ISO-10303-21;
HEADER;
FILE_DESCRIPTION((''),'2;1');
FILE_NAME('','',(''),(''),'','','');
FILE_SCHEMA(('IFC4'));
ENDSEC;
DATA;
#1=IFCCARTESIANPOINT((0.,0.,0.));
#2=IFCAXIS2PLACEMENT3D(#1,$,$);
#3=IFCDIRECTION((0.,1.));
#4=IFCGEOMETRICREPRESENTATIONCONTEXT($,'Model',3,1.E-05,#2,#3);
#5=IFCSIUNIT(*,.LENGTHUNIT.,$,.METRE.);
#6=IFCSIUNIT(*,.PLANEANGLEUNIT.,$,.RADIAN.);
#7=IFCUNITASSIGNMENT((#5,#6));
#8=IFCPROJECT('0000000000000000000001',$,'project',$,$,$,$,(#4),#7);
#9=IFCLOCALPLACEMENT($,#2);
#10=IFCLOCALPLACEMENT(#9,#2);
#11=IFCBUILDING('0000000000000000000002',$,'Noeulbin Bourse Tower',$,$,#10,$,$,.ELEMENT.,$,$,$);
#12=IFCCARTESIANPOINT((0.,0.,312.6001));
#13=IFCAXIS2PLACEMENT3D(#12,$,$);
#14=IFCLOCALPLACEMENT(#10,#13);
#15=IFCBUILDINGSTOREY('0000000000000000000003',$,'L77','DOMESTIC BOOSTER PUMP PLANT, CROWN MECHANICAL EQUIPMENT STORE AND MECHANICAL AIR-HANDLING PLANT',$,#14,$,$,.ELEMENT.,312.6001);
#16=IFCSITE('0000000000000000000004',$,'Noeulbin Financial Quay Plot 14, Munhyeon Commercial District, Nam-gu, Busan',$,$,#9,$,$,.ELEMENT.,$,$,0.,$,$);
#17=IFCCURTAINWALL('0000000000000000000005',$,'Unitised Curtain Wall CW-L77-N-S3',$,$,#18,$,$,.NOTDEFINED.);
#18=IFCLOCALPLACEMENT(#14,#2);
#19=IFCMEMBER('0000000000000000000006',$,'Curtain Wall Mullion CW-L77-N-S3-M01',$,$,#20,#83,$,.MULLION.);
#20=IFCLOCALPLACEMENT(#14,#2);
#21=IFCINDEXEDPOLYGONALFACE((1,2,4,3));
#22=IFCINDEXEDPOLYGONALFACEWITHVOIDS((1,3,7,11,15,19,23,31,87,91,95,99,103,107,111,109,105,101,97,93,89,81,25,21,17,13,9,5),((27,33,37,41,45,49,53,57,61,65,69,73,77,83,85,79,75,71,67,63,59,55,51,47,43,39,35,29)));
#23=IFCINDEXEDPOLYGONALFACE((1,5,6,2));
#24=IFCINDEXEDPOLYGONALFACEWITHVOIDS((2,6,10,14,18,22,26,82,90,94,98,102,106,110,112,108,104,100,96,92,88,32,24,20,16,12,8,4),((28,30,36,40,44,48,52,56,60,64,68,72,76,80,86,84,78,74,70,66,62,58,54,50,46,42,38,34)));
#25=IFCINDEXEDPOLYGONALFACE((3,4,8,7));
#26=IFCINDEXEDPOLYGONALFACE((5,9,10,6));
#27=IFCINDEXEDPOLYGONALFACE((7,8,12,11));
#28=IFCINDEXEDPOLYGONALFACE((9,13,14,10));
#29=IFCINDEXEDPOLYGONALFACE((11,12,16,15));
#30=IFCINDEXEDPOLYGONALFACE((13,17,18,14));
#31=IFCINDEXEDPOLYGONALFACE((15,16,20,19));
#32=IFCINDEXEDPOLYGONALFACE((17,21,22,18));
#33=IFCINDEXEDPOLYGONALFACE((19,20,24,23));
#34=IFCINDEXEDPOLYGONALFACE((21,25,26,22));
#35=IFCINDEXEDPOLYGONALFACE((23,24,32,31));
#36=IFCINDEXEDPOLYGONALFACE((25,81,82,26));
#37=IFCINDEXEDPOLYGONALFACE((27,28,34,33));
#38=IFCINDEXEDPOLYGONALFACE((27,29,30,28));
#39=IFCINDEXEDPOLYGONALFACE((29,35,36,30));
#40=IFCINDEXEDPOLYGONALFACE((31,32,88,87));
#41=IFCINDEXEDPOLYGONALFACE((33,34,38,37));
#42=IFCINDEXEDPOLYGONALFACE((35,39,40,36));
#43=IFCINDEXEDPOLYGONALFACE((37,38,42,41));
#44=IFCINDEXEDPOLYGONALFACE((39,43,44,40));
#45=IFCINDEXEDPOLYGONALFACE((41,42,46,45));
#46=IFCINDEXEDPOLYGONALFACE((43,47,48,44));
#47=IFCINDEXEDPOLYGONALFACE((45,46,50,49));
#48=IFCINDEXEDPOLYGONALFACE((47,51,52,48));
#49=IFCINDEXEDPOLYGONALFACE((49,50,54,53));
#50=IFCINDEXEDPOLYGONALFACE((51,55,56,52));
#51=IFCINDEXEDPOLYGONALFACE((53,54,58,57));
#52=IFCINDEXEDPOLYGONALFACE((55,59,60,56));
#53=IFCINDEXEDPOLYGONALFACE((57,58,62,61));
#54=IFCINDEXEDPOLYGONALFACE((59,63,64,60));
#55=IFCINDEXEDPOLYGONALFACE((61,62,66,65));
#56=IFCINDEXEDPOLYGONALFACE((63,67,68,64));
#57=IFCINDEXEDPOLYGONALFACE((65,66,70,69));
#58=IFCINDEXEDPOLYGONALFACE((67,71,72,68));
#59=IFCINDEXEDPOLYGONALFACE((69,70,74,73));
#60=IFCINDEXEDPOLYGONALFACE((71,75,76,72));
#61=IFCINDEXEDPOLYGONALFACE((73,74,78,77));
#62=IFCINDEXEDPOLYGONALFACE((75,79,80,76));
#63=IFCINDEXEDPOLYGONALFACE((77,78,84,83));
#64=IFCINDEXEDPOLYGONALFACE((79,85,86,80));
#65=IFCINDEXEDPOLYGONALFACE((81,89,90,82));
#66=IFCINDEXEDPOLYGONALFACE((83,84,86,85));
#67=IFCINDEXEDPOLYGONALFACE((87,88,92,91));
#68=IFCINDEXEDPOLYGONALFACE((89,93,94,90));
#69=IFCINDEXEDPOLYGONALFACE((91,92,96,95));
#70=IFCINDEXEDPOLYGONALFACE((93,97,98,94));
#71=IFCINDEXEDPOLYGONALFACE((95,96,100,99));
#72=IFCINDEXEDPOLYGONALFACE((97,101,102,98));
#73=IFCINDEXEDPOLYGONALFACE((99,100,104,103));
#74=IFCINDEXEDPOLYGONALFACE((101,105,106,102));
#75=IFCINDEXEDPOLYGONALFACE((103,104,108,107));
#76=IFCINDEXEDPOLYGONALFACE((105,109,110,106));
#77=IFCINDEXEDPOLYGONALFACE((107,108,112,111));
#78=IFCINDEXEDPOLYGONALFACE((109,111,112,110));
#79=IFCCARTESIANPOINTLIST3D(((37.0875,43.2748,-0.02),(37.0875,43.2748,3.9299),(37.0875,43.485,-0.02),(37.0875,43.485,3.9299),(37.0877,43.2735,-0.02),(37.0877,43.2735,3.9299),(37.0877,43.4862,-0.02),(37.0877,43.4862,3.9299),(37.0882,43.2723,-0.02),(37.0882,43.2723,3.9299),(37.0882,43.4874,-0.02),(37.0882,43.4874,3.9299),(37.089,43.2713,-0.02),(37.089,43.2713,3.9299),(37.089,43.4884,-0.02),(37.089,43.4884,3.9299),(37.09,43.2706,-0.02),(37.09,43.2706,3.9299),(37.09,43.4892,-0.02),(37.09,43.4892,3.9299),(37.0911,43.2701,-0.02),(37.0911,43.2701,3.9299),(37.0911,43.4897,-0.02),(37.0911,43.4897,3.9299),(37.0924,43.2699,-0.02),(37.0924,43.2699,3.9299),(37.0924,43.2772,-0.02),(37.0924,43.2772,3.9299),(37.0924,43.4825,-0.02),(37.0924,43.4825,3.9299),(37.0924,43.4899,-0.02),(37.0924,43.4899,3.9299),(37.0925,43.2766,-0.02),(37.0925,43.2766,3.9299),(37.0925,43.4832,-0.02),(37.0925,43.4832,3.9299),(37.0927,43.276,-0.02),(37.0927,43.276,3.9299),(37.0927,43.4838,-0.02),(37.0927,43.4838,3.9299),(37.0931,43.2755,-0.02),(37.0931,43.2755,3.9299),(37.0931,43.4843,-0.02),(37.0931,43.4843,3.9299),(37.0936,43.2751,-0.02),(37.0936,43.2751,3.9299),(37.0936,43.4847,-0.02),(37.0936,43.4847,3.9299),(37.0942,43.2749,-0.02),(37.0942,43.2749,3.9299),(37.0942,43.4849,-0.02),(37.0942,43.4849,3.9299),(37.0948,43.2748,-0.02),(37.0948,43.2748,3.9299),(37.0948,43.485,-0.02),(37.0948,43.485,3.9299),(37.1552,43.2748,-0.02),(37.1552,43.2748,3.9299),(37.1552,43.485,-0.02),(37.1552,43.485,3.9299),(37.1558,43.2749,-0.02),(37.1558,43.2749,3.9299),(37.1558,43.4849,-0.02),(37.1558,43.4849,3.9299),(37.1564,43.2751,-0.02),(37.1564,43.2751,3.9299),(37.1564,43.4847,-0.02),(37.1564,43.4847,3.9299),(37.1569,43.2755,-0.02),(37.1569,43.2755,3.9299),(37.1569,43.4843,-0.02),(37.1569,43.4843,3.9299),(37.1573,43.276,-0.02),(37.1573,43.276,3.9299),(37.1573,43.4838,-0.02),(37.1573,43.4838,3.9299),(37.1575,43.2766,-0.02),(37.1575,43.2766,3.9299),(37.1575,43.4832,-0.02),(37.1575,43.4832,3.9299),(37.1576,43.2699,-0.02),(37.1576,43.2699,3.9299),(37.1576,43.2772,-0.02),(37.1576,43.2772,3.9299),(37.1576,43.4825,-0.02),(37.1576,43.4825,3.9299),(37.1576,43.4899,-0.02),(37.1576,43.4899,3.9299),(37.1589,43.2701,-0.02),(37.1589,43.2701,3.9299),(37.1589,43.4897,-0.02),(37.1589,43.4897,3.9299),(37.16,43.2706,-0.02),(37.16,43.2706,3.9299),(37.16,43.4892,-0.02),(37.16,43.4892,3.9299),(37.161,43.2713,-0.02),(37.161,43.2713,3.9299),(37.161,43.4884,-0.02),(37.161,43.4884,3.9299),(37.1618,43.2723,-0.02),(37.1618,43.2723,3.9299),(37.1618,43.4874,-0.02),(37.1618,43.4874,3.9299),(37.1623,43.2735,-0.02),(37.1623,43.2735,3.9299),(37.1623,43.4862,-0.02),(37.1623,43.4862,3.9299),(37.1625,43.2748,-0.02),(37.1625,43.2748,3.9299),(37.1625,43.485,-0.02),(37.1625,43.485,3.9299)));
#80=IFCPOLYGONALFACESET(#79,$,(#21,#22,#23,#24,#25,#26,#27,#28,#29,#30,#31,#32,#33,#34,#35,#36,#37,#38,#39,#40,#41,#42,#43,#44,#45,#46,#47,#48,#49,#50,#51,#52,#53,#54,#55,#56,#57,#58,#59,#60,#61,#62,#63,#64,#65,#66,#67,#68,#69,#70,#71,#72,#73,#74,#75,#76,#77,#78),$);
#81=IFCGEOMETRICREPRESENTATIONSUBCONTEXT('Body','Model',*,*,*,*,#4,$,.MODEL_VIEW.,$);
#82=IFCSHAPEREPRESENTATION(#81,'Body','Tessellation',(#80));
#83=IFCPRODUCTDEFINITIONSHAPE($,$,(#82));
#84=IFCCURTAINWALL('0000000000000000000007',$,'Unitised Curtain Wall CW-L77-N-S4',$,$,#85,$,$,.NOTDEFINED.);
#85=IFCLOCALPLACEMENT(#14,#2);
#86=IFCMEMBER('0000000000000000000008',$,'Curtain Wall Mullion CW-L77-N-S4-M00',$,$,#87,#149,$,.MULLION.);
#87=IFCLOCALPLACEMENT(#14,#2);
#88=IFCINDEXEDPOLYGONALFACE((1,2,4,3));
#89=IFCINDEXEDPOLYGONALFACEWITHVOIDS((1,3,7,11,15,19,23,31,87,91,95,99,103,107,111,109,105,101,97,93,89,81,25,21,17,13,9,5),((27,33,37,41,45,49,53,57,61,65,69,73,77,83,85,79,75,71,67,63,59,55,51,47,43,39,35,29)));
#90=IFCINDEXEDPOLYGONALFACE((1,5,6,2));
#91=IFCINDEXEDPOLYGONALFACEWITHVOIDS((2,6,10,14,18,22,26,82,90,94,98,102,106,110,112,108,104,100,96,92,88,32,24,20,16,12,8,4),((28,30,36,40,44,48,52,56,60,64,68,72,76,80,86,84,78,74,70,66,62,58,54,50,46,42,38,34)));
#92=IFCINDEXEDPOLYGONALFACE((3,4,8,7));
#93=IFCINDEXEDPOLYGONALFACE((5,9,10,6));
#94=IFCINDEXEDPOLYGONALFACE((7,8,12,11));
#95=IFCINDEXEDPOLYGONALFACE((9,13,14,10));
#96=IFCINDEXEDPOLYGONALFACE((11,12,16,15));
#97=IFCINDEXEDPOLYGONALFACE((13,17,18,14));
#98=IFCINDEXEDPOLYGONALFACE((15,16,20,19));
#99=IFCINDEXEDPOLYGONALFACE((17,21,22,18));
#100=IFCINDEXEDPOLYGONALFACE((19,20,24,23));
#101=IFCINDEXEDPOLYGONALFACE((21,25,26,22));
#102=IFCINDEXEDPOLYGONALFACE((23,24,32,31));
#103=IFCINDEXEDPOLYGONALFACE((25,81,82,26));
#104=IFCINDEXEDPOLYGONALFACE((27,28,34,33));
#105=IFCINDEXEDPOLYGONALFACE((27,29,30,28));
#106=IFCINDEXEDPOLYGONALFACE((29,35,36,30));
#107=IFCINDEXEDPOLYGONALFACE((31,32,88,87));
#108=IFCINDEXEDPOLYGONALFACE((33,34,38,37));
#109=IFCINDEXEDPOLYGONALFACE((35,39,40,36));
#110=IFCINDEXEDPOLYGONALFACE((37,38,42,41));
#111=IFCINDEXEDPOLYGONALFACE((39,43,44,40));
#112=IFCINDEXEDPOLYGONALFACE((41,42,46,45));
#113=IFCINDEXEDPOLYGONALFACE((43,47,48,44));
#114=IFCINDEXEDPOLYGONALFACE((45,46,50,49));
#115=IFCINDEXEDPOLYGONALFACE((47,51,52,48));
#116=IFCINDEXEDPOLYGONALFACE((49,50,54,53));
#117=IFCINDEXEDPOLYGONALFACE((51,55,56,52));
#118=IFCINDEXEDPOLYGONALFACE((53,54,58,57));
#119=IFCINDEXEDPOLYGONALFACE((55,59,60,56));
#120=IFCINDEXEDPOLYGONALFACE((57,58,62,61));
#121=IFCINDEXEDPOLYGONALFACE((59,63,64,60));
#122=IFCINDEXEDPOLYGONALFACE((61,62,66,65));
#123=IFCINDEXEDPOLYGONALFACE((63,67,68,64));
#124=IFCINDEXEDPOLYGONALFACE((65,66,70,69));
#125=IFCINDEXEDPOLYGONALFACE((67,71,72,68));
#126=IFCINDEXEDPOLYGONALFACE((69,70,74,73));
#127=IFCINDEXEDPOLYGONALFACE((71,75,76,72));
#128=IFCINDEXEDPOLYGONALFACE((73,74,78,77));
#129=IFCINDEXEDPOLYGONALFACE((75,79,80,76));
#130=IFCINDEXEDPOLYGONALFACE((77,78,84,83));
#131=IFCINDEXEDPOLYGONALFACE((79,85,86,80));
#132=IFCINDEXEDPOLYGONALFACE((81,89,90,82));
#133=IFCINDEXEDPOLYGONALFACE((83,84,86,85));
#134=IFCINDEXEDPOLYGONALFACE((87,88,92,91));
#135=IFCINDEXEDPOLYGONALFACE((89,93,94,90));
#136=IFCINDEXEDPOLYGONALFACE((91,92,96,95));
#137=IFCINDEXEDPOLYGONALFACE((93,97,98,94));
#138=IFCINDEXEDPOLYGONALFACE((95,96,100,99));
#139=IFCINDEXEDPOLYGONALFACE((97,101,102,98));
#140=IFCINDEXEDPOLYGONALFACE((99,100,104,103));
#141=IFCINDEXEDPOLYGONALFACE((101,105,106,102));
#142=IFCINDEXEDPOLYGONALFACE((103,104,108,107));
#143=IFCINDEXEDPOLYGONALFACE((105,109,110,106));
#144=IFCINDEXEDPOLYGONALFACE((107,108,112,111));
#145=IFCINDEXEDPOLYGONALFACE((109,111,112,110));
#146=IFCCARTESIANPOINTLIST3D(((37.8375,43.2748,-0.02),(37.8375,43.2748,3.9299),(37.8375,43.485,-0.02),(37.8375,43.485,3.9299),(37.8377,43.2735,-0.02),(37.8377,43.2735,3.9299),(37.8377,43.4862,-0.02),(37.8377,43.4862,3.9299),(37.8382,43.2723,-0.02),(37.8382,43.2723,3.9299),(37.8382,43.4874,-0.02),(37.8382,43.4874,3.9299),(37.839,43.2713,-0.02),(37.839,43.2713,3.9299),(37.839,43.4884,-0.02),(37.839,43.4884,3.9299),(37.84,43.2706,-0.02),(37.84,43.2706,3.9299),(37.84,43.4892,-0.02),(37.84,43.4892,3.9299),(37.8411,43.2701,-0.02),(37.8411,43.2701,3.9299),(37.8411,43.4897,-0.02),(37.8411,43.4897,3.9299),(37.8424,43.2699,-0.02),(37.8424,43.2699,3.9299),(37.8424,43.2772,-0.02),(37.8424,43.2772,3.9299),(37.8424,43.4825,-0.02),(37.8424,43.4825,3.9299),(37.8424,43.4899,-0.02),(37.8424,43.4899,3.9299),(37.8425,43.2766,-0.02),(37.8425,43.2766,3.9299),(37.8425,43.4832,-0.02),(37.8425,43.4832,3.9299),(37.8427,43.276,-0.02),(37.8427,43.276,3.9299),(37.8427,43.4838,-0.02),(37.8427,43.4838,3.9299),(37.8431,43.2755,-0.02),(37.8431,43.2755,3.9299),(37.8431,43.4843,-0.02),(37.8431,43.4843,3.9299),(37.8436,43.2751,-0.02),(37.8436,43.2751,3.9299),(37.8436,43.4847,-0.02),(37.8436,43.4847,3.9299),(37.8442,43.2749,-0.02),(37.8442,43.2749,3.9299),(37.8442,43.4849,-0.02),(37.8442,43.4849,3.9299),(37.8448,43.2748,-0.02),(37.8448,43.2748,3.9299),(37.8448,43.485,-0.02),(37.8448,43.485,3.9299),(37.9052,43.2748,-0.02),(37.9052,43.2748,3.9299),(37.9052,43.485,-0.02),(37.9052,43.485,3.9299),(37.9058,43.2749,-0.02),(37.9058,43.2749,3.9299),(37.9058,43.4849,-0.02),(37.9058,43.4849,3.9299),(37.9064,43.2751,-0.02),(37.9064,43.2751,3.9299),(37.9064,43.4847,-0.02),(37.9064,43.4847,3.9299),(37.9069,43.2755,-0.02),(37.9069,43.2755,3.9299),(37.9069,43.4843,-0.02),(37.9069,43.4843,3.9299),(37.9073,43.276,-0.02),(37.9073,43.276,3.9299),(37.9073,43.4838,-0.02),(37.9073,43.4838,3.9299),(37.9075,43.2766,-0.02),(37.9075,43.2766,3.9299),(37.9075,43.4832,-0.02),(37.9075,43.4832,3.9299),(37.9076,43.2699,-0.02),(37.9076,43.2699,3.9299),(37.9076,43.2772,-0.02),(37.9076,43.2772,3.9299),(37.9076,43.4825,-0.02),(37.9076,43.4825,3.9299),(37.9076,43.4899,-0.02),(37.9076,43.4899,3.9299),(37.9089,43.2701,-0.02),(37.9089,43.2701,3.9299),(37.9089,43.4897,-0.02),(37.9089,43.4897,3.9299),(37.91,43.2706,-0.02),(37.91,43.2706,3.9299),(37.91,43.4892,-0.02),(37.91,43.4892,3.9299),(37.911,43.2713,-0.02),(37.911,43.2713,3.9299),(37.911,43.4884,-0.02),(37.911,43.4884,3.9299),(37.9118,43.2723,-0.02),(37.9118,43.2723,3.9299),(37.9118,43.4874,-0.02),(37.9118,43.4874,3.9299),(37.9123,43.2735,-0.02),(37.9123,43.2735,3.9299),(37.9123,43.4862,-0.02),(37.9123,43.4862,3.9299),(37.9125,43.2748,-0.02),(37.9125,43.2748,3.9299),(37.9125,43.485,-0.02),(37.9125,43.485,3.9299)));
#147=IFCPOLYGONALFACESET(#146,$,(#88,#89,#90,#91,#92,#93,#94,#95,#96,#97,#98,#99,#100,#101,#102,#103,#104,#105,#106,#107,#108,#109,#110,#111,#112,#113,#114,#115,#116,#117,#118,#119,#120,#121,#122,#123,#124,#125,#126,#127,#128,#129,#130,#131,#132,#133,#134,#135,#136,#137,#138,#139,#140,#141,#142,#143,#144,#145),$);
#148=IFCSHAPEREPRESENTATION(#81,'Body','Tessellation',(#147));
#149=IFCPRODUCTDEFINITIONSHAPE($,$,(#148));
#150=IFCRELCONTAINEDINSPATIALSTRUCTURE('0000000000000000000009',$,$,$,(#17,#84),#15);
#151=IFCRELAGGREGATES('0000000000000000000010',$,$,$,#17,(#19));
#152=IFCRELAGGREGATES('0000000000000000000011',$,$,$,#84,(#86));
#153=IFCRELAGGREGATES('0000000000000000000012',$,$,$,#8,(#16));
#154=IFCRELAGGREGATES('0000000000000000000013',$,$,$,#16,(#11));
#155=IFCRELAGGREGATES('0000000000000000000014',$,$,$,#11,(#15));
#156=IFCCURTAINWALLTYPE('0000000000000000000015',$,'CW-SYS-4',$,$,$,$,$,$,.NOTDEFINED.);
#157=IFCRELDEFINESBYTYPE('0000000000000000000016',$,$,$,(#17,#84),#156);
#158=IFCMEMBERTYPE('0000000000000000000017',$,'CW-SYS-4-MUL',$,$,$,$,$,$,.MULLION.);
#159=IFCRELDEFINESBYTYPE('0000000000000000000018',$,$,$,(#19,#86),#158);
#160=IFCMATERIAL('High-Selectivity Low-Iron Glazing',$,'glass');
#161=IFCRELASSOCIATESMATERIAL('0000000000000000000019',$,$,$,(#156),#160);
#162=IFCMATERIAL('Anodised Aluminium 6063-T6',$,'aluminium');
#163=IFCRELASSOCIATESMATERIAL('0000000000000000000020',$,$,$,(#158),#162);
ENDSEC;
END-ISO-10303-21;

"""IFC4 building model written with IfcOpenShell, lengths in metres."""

from ifc_helpers import new_model, si_unit, direction, frame, origin, origin_2d, place, context, subcontext, project, spatial, hollow_rectangle, extrude, material, material_profile, profile_set, type_object, element, aggregate, save


model = new_model("IFC4")

# Units and contexts
model_context = context("Model", 3, precision=1e-05, world=origin(), true_north=direction((0.0, 1.0)))
body_context = subcontext(model_context, "Body", "Model", "MODEL_VIEW")
ifc_project = project(units=[si_unit("LENGTHUNIT", "METRE"), si_unit("PLANEANGLEUNIT", "RADIAN")], contexts=[model_context])

# Site, building, storey
site_placement = place(None, origin())
site = spatial("IfcSite", under=ifc_project, at=site_placement, Name="Noeulbin Financial Quay Plot 14, Munhyeon Commercial District, Nam-gu, Busan", CompositionType="ELEMENT", RefElevation=0.0)
building_placement = place(site_placement, origin())
building = spatial("IfcBuilding", under=site, at=building_placement, Name="Noeulbin Bourse Tower", CompositionType="ELEMENT")
storey_placement = place(building_placement, frame((0.0, 0.0, 312.6001)))
storey = spatial("IfcBuildingStorey", under=building, at=storey_placement, Name="L77", Description="DOMESTIC BOOSTER PUMP PLANT, CROWN MECHANICAL EQUIPMENT STORE AND MECHANICAL AIR-HANDLING PLANT", CompositionType="ELEMENT", Elevation=312.6001)

# Curtain wall, member
ifc_material_1 = material(Name="High-Selectivity Low-Iron Glazing", Category="glass")
curtain_wall_type = type_object("IfcCurtainWallType", Name="CW-SYS-4", PredefinedType="NOTDEFINED", material=ifc_material_1)
curtain_wall_1_placement = place(storey_placement, origin())
curtain_wall_1 = element("IfcCurtainWall", 1, at=curtain_wall_1_placement, inside=storey, type_object=curtain_wall_type, Name="Unitised Curtain Wall CW-L77-N-S3", PredefinedType="NOTDEFINED")
ifc_material_2 = material(Name="Anodised Aluminium 6063-T6", Category="aluminium")
ifc_material_profile_1 = material_profile(ifc_material_2, hollow_rectangle(XDim=0.075, YDim=0.22, WallThickness=0.0049, InnerFilletRadius=0.0024, OuterFilletRadius=0.0049, at=origin_2d()), Name="ALU-MULL-75x220x5", Category="LoadBearing")
ifc_profile_set_1 = profile_set([ifc_material_profile_1], Name="Anodised Aluminium 6063-T6")
member_type_1 = type_object("IfcMemberType", Name="CW-SYS-4-MUL", PredefinedType="MULLION", material=ifc_profile_set_1)
member_1_placement = place(storey_placement, frame((37.125, 43.3799, -0.02), z_axis=(0.0, 0.0, 1.0), x_axis=(1.0, 0.0, 0.0)))
member_1 = element("IfcMember", 2, at=member_1_placement, type_object=member_type_1, Name="Curtain Wall Mullion CW-L77-N-S3-M01", PredefinedType="MULLION", context=body_context, shape_type="SweptSolid", body=[
    extrude(hollow_rectangle(XDim=0.075, YDim=0.22, WallThickness=0.0049, InnerFilletRadius=0.0024, OuterFilletRadius=0.0049, at=origin_2d()), origin(), (0.0, 0.0, 1.0), 3.95),
])

# Curtain wall, member
curtain_wall_2_placement = place(storey_placement, origin())
curtain_wall_2 = element("IfcCurtainWall", 3, at=curtain_wall_2_placement, inside=storey, type_object=curtain_wall_type, Name="Unitised Curtain Wall CW-L77-N-S4", PredefinedType="NOTDEFINED")
member_2_placement = place(storey_placement, frame((37.875, 43.3799, -0.02), z_axis=(0.0, 0.0, 1.0), x_axis=(1.0, 0.0, 0.0)))
member_2 = element("IfcMember", 4, at=member_2_placement, type_object=member_type_1, Name="Curtain Wall Mullion CW-L77-N-S4-M00", PredefinedType="MULLION", context=body_context, shape_type="SweptSolid", body=[
    extrude(hollow_rectangle(XDim=0.075, YDim=0.22, WallThickness=0.0049, InnerFilletRadius=0.0024, OuterFilletRadius=0.0049, at=origin_2d()), origin(), (0.0, 0.0, 1.0), 3.95),
])

aggregate(curtain_wall_1, [member_1])
aggregate(curtain_wall_2, [member_2])

save(model, "model.ifc")
